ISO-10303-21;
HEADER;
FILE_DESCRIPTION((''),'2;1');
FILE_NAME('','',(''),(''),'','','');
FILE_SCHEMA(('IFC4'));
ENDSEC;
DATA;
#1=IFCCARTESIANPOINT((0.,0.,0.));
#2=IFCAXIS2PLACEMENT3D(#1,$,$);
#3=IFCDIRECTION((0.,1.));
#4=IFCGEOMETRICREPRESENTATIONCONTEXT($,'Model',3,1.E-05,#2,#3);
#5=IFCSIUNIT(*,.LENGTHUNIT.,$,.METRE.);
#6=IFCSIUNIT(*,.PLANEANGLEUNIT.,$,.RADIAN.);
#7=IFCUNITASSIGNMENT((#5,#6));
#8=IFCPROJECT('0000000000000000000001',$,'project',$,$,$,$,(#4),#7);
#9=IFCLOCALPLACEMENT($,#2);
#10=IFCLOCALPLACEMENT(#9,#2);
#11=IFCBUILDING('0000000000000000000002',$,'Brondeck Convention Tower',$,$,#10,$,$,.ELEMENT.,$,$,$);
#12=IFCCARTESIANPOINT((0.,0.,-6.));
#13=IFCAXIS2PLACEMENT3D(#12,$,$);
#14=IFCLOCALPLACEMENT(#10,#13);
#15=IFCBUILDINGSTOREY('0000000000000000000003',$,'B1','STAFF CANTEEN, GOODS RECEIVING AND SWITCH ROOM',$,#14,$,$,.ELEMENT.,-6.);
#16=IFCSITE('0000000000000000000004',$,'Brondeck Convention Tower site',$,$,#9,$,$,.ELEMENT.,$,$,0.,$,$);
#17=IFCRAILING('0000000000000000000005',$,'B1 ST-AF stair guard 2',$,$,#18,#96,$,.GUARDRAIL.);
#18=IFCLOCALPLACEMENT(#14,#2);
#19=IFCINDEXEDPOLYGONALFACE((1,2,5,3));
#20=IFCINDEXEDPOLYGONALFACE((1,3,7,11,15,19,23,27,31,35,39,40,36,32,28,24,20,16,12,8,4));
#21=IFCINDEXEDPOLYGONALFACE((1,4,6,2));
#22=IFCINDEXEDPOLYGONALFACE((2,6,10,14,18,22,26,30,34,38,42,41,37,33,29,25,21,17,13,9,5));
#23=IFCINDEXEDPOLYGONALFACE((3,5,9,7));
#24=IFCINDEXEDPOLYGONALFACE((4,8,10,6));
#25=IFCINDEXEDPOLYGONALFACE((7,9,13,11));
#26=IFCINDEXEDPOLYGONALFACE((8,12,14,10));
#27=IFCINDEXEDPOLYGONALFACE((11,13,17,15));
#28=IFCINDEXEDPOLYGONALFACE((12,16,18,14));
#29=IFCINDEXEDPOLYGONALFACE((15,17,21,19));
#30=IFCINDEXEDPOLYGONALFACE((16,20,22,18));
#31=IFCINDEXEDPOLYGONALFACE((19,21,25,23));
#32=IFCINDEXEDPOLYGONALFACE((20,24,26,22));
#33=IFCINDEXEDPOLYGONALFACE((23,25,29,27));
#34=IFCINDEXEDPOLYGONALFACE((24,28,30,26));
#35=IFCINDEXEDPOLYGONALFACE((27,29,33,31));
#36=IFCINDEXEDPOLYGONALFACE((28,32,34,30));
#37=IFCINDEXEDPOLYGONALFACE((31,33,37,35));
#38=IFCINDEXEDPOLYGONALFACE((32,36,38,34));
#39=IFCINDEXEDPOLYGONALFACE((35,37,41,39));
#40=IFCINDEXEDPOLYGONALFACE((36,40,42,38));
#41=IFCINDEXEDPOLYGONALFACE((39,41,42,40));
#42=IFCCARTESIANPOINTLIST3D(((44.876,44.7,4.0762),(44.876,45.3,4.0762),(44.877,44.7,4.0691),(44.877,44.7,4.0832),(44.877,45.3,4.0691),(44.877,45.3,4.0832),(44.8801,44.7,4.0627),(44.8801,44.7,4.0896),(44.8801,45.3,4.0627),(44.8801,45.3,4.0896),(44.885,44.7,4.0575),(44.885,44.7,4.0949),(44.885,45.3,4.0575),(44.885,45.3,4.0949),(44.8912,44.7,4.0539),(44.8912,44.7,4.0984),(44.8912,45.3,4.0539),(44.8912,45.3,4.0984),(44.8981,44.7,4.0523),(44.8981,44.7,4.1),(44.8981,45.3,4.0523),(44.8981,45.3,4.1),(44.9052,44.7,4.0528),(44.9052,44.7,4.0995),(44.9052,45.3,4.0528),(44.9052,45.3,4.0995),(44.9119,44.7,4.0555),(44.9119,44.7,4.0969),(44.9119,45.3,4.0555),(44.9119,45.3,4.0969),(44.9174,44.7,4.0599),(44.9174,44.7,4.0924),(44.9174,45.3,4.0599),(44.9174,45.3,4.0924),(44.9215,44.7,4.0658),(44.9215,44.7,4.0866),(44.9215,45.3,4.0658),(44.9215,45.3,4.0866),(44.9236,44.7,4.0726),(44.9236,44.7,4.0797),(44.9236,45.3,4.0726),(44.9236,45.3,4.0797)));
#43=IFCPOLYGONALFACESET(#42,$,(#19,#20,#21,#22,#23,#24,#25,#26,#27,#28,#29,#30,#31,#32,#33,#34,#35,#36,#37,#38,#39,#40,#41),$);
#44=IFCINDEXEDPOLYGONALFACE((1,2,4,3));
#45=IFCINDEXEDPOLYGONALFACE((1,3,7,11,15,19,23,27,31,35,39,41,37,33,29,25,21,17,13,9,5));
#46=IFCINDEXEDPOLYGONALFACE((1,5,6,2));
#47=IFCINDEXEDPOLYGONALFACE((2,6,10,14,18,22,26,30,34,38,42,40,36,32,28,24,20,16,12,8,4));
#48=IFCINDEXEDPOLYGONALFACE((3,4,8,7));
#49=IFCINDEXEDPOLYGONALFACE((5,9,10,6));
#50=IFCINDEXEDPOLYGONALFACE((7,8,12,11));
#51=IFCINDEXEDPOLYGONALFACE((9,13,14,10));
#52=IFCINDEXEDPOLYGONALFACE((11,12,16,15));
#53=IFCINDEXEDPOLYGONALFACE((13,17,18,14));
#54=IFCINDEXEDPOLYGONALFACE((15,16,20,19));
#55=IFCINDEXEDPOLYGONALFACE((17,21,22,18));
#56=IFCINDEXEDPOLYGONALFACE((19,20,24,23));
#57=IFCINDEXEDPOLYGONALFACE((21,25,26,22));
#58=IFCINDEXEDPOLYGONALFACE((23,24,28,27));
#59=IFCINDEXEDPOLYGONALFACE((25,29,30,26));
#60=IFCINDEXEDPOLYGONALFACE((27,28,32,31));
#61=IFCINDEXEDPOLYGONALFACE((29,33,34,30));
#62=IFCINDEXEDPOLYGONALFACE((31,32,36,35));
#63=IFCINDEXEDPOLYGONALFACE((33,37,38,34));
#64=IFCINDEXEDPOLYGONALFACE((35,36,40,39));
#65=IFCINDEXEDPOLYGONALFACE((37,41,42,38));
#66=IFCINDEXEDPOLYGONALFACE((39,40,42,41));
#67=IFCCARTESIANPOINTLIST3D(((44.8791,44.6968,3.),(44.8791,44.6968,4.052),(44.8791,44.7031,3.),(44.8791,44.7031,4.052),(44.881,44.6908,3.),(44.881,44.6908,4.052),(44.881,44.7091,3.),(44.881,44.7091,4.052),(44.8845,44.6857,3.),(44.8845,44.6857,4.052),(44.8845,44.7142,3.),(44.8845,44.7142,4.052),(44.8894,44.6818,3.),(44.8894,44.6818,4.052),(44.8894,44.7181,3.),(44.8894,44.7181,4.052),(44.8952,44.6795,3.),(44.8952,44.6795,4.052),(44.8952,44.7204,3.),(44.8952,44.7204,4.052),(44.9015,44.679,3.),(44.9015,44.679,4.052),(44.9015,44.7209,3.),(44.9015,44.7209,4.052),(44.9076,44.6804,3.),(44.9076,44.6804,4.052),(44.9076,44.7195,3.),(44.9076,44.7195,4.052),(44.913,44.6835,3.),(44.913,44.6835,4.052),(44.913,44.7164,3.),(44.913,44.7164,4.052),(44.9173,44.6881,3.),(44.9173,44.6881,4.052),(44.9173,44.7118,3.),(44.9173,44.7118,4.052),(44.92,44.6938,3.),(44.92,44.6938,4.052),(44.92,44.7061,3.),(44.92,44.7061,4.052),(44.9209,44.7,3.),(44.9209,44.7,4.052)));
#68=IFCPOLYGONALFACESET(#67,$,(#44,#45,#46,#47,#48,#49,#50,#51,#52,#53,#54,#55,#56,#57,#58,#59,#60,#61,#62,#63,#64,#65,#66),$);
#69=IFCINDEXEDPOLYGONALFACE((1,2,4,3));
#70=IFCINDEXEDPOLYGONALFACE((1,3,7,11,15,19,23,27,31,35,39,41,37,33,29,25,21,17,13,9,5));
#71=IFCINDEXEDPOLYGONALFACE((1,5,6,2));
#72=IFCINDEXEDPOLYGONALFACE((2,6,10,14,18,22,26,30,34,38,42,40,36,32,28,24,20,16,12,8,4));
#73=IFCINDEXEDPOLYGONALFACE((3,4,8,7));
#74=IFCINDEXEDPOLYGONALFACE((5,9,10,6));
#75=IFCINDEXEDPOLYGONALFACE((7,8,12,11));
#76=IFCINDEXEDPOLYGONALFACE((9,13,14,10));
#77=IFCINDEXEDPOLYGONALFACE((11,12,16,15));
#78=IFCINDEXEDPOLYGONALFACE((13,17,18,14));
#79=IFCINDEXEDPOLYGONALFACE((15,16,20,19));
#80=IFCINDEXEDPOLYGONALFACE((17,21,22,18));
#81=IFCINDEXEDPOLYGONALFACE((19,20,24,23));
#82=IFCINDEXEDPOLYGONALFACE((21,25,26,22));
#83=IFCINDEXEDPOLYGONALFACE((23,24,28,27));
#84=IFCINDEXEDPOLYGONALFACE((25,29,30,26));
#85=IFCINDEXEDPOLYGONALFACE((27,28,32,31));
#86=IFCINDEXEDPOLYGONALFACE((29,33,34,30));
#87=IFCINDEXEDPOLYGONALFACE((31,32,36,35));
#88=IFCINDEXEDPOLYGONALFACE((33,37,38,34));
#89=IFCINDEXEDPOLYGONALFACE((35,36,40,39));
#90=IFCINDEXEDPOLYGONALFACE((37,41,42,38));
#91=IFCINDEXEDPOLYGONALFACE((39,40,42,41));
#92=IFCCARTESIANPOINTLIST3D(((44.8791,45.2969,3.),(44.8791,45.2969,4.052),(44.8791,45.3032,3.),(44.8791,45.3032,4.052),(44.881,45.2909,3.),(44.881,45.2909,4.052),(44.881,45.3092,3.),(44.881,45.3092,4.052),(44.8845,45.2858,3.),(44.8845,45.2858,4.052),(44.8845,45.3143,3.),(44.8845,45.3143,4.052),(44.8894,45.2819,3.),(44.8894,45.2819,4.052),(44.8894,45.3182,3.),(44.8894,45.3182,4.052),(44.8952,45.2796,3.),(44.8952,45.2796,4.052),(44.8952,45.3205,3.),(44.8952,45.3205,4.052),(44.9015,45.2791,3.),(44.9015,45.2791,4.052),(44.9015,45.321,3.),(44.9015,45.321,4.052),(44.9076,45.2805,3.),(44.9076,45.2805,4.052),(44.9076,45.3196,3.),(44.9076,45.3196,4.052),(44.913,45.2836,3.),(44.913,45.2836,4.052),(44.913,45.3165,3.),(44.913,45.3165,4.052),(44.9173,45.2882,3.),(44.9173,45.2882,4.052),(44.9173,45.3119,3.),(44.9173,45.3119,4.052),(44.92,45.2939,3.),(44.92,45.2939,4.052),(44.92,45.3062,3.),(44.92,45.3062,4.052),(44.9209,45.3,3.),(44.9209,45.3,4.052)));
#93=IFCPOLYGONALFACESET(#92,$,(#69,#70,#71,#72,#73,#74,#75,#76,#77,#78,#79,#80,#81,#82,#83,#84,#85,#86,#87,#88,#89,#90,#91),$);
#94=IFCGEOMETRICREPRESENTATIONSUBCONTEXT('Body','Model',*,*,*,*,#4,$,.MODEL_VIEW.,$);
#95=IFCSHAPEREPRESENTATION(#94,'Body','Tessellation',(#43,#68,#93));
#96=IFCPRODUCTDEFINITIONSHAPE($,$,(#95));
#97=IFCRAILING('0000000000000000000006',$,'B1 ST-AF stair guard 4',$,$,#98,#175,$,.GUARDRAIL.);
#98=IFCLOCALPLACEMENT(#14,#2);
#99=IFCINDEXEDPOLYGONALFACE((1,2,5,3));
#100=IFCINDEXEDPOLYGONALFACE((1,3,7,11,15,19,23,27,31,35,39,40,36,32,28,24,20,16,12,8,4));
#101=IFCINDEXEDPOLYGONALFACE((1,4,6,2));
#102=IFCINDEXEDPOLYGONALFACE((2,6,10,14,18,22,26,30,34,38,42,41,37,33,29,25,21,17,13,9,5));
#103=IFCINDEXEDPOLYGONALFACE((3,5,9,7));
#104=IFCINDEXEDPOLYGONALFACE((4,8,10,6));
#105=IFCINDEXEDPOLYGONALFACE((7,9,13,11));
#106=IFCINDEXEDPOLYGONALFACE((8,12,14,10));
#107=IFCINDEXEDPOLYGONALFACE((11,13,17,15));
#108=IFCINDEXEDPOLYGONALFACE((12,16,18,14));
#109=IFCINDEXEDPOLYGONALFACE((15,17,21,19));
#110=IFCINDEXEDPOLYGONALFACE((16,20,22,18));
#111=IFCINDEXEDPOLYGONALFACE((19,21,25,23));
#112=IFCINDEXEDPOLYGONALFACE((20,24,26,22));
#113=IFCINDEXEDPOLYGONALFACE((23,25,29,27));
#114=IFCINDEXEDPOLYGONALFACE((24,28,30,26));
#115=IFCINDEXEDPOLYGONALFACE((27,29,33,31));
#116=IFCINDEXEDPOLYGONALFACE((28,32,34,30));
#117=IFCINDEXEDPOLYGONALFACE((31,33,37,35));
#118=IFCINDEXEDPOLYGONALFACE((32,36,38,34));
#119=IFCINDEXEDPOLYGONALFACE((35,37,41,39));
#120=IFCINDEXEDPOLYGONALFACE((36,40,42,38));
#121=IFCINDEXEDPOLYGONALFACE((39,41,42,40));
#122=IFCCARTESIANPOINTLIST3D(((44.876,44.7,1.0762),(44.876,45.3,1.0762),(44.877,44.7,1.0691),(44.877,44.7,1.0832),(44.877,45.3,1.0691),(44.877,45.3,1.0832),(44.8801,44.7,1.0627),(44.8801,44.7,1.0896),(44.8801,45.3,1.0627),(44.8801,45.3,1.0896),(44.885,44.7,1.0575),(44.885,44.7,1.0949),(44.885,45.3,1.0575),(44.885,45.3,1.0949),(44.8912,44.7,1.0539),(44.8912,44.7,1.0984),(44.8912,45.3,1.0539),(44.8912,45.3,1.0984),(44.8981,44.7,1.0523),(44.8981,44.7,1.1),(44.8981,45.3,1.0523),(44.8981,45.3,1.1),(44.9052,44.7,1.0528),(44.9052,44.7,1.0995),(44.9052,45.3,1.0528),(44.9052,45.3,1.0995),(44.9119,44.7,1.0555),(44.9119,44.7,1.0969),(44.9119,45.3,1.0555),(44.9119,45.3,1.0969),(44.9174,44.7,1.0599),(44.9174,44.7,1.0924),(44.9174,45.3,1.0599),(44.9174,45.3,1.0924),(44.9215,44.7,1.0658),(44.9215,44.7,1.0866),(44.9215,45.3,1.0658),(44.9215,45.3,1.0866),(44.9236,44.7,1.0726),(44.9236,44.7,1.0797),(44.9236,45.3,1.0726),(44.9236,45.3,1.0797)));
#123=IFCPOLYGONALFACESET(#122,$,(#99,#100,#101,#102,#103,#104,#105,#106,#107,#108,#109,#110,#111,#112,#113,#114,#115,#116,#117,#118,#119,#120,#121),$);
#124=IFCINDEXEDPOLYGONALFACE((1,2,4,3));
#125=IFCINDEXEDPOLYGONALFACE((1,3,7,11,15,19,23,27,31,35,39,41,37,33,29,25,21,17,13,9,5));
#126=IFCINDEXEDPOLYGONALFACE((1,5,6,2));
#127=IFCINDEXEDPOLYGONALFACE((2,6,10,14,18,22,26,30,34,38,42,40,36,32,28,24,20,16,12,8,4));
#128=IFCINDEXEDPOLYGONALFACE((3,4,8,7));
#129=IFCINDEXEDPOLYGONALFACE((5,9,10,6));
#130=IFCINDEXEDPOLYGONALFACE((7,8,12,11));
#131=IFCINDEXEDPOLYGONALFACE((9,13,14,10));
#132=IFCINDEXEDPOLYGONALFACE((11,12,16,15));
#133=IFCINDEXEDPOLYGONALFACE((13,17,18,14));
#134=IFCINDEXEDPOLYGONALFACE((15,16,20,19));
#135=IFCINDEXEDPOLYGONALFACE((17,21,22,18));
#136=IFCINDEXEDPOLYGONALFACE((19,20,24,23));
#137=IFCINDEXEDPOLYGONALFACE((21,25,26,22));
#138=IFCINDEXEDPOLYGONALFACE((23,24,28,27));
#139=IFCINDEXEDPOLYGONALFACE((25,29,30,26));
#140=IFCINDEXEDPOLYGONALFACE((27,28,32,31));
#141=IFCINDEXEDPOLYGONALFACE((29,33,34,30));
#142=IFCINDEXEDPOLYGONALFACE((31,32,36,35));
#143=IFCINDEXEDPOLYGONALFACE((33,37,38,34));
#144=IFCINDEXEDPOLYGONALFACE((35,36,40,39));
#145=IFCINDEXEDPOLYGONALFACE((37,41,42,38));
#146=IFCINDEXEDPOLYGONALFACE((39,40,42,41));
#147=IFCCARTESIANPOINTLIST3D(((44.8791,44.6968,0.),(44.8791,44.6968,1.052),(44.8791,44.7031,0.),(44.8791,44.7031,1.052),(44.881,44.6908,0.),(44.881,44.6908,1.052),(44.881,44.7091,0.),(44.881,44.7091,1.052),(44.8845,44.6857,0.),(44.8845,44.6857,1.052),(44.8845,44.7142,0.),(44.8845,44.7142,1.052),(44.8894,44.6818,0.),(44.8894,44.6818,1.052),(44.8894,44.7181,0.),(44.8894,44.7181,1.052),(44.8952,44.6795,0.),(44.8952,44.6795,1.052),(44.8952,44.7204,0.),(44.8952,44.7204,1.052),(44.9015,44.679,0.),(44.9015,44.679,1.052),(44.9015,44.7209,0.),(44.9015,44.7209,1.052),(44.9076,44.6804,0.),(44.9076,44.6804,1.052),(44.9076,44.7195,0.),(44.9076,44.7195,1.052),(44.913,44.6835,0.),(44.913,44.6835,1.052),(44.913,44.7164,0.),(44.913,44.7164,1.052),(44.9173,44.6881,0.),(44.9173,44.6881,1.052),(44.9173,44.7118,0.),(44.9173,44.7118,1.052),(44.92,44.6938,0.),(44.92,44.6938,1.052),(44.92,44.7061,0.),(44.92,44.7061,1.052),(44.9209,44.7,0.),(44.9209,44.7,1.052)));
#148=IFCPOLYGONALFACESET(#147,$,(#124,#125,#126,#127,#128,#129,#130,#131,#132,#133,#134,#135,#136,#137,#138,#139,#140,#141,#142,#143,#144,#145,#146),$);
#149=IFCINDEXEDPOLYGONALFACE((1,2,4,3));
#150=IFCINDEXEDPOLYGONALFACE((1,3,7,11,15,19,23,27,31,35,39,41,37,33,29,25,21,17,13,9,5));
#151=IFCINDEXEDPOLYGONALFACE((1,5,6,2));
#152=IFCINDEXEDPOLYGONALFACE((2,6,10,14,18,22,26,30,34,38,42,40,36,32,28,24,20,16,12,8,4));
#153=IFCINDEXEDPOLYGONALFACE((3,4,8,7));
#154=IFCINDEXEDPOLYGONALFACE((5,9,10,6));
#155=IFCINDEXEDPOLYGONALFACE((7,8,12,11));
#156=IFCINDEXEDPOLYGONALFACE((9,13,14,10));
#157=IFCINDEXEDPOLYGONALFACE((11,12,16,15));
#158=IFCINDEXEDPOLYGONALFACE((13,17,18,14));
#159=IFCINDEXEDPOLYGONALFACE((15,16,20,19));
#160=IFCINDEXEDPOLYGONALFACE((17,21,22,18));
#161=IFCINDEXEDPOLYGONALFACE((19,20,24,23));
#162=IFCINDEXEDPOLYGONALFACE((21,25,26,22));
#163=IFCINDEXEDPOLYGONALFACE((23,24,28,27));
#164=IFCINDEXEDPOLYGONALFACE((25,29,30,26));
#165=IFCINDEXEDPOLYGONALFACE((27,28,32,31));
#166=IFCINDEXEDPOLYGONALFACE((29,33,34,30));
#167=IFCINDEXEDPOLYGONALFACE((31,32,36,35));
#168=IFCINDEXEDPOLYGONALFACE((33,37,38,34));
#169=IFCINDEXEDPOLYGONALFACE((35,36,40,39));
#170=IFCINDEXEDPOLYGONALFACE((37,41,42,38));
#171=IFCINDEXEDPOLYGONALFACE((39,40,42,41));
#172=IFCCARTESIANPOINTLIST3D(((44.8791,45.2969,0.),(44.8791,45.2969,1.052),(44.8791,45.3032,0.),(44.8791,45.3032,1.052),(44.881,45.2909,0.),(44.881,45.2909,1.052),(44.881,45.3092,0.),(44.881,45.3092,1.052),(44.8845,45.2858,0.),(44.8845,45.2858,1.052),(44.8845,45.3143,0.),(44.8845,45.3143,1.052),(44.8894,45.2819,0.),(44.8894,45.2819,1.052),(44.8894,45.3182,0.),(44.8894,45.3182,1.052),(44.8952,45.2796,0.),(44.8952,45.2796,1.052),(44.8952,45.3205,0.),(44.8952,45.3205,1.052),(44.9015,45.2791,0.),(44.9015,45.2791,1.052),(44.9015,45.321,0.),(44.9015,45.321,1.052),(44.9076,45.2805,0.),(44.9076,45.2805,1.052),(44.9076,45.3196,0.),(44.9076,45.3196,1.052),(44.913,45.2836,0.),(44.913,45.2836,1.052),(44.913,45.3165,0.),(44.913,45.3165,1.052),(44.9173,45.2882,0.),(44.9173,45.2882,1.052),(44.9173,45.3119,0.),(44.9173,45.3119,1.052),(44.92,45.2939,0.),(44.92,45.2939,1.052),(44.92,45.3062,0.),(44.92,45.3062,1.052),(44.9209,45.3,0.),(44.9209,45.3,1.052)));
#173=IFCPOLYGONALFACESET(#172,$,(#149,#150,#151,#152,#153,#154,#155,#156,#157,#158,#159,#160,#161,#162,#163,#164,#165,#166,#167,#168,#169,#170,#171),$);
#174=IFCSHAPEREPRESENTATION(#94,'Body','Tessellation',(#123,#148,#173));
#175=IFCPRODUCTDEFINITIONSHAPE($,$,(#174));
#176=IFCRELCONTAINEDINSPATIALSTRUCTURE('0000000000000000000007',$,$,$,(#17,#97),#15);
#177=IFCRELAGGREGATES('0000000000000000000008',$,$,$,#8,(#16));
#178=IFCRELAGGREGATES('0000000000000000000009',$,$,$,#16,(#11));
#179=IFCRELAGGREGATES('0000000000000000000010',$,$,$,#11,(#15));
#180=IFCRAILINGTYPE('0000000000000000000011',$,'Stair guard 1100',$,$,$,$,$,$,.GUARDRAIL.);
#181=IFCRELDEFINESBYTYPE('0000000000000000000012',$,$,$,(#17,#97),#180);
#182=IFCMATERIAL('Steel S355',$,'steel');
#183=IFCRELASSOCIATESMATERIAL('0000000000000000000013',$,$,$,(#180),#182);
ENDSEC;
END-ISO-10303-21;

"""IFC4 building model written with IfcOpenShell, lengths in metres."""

from ifc_helpers import new_model, si_unit, direction, frame, origin, origin_2d, place, context, subcontext, project, spatial, circle, extrude, material, type_object, element, save


model = new_model("IFC4")

# Units and contexts
model_context = context("Model", 3, precision=1e-05, world=origin(), true_north=direction((0.0, 1.0)))
body_context = subcontext(model_context, "Body", "Model", "MODEL_VIEW")
ifc_project = project(units=[si_unit("LENGTHUNIT", "METRE"), si_unit("PLANEANGLEUNIT", "RADIAN")], contexts=[model_context])

# Site, building, storey
site_placement = place(None, origin())
site = spatial("IfcSite", under=ifc_project, at=site_placement, Name="Brondeck Convention Tower site", CompositionType="ELEMENT", RefElevation=0.0)
building_placement = place(site_placement, origin())
building = spatial("IfcBuilding", under=site, at=building_placement, Name="Brondeck Convention Tower", CompositionType="ELEMENT")
storey_placement = place(building_placement, frame((0.0, 0.0, -6.0)))
storey = spatial("IfcBuildingStorey", under=building, at=storey_placement, Name="B1", Description="STAFF CANTEEN, GOODS RECEIVING AND SWITCH ROOM", CompositionType="ELEMENT", Elevation=-6.0)

# Shared definitions
ifc_material_1 = material(Name="Steel S355", Category="steel")

# Railings
railing_type_1 = type_object("IfcRailingType", Name="Stair guard 1100", PredefinedType="GUARDRAIL", material=ifc_material_1)
for number, where, name in (
    (1, (44.8999, 44.7, 3.0), "B1 ST-AF stair guard 2"),
    (2, (44.8999, 44.7, 0.0), "B1 ST-AF stair guard 4"),
):
    element("IfcRailing", number, at=place(storey_placement, frame(where)), inside=storey, type_object=railing_type_1, Name=name, PredefinedType="GUARDRAIL", context=body_context, shape_type="SweptSolid", body=[
        extrude(circle(Radius=0.0239, at=origin_2d()), frame((0.0, 0.0, 1.0762), z_axis=(0.0, 1.0, 0.0), x_axis=(-1.0, 0.0, 0.0)), (0.0, 0.0, 1.0), 0.6001),
        extrude(circle(Radius=0.021, at=origin_2d()), origin(), (0.0, 0.0, 1.0), 1.052),
        extrude(circle(Radius=0.021, at=origin_2d()), frame((0.0, 0.6001, 0.0)), (0.0, 0.0, 1.0), 1.052),
    ])

save(model, "model.ifc")
